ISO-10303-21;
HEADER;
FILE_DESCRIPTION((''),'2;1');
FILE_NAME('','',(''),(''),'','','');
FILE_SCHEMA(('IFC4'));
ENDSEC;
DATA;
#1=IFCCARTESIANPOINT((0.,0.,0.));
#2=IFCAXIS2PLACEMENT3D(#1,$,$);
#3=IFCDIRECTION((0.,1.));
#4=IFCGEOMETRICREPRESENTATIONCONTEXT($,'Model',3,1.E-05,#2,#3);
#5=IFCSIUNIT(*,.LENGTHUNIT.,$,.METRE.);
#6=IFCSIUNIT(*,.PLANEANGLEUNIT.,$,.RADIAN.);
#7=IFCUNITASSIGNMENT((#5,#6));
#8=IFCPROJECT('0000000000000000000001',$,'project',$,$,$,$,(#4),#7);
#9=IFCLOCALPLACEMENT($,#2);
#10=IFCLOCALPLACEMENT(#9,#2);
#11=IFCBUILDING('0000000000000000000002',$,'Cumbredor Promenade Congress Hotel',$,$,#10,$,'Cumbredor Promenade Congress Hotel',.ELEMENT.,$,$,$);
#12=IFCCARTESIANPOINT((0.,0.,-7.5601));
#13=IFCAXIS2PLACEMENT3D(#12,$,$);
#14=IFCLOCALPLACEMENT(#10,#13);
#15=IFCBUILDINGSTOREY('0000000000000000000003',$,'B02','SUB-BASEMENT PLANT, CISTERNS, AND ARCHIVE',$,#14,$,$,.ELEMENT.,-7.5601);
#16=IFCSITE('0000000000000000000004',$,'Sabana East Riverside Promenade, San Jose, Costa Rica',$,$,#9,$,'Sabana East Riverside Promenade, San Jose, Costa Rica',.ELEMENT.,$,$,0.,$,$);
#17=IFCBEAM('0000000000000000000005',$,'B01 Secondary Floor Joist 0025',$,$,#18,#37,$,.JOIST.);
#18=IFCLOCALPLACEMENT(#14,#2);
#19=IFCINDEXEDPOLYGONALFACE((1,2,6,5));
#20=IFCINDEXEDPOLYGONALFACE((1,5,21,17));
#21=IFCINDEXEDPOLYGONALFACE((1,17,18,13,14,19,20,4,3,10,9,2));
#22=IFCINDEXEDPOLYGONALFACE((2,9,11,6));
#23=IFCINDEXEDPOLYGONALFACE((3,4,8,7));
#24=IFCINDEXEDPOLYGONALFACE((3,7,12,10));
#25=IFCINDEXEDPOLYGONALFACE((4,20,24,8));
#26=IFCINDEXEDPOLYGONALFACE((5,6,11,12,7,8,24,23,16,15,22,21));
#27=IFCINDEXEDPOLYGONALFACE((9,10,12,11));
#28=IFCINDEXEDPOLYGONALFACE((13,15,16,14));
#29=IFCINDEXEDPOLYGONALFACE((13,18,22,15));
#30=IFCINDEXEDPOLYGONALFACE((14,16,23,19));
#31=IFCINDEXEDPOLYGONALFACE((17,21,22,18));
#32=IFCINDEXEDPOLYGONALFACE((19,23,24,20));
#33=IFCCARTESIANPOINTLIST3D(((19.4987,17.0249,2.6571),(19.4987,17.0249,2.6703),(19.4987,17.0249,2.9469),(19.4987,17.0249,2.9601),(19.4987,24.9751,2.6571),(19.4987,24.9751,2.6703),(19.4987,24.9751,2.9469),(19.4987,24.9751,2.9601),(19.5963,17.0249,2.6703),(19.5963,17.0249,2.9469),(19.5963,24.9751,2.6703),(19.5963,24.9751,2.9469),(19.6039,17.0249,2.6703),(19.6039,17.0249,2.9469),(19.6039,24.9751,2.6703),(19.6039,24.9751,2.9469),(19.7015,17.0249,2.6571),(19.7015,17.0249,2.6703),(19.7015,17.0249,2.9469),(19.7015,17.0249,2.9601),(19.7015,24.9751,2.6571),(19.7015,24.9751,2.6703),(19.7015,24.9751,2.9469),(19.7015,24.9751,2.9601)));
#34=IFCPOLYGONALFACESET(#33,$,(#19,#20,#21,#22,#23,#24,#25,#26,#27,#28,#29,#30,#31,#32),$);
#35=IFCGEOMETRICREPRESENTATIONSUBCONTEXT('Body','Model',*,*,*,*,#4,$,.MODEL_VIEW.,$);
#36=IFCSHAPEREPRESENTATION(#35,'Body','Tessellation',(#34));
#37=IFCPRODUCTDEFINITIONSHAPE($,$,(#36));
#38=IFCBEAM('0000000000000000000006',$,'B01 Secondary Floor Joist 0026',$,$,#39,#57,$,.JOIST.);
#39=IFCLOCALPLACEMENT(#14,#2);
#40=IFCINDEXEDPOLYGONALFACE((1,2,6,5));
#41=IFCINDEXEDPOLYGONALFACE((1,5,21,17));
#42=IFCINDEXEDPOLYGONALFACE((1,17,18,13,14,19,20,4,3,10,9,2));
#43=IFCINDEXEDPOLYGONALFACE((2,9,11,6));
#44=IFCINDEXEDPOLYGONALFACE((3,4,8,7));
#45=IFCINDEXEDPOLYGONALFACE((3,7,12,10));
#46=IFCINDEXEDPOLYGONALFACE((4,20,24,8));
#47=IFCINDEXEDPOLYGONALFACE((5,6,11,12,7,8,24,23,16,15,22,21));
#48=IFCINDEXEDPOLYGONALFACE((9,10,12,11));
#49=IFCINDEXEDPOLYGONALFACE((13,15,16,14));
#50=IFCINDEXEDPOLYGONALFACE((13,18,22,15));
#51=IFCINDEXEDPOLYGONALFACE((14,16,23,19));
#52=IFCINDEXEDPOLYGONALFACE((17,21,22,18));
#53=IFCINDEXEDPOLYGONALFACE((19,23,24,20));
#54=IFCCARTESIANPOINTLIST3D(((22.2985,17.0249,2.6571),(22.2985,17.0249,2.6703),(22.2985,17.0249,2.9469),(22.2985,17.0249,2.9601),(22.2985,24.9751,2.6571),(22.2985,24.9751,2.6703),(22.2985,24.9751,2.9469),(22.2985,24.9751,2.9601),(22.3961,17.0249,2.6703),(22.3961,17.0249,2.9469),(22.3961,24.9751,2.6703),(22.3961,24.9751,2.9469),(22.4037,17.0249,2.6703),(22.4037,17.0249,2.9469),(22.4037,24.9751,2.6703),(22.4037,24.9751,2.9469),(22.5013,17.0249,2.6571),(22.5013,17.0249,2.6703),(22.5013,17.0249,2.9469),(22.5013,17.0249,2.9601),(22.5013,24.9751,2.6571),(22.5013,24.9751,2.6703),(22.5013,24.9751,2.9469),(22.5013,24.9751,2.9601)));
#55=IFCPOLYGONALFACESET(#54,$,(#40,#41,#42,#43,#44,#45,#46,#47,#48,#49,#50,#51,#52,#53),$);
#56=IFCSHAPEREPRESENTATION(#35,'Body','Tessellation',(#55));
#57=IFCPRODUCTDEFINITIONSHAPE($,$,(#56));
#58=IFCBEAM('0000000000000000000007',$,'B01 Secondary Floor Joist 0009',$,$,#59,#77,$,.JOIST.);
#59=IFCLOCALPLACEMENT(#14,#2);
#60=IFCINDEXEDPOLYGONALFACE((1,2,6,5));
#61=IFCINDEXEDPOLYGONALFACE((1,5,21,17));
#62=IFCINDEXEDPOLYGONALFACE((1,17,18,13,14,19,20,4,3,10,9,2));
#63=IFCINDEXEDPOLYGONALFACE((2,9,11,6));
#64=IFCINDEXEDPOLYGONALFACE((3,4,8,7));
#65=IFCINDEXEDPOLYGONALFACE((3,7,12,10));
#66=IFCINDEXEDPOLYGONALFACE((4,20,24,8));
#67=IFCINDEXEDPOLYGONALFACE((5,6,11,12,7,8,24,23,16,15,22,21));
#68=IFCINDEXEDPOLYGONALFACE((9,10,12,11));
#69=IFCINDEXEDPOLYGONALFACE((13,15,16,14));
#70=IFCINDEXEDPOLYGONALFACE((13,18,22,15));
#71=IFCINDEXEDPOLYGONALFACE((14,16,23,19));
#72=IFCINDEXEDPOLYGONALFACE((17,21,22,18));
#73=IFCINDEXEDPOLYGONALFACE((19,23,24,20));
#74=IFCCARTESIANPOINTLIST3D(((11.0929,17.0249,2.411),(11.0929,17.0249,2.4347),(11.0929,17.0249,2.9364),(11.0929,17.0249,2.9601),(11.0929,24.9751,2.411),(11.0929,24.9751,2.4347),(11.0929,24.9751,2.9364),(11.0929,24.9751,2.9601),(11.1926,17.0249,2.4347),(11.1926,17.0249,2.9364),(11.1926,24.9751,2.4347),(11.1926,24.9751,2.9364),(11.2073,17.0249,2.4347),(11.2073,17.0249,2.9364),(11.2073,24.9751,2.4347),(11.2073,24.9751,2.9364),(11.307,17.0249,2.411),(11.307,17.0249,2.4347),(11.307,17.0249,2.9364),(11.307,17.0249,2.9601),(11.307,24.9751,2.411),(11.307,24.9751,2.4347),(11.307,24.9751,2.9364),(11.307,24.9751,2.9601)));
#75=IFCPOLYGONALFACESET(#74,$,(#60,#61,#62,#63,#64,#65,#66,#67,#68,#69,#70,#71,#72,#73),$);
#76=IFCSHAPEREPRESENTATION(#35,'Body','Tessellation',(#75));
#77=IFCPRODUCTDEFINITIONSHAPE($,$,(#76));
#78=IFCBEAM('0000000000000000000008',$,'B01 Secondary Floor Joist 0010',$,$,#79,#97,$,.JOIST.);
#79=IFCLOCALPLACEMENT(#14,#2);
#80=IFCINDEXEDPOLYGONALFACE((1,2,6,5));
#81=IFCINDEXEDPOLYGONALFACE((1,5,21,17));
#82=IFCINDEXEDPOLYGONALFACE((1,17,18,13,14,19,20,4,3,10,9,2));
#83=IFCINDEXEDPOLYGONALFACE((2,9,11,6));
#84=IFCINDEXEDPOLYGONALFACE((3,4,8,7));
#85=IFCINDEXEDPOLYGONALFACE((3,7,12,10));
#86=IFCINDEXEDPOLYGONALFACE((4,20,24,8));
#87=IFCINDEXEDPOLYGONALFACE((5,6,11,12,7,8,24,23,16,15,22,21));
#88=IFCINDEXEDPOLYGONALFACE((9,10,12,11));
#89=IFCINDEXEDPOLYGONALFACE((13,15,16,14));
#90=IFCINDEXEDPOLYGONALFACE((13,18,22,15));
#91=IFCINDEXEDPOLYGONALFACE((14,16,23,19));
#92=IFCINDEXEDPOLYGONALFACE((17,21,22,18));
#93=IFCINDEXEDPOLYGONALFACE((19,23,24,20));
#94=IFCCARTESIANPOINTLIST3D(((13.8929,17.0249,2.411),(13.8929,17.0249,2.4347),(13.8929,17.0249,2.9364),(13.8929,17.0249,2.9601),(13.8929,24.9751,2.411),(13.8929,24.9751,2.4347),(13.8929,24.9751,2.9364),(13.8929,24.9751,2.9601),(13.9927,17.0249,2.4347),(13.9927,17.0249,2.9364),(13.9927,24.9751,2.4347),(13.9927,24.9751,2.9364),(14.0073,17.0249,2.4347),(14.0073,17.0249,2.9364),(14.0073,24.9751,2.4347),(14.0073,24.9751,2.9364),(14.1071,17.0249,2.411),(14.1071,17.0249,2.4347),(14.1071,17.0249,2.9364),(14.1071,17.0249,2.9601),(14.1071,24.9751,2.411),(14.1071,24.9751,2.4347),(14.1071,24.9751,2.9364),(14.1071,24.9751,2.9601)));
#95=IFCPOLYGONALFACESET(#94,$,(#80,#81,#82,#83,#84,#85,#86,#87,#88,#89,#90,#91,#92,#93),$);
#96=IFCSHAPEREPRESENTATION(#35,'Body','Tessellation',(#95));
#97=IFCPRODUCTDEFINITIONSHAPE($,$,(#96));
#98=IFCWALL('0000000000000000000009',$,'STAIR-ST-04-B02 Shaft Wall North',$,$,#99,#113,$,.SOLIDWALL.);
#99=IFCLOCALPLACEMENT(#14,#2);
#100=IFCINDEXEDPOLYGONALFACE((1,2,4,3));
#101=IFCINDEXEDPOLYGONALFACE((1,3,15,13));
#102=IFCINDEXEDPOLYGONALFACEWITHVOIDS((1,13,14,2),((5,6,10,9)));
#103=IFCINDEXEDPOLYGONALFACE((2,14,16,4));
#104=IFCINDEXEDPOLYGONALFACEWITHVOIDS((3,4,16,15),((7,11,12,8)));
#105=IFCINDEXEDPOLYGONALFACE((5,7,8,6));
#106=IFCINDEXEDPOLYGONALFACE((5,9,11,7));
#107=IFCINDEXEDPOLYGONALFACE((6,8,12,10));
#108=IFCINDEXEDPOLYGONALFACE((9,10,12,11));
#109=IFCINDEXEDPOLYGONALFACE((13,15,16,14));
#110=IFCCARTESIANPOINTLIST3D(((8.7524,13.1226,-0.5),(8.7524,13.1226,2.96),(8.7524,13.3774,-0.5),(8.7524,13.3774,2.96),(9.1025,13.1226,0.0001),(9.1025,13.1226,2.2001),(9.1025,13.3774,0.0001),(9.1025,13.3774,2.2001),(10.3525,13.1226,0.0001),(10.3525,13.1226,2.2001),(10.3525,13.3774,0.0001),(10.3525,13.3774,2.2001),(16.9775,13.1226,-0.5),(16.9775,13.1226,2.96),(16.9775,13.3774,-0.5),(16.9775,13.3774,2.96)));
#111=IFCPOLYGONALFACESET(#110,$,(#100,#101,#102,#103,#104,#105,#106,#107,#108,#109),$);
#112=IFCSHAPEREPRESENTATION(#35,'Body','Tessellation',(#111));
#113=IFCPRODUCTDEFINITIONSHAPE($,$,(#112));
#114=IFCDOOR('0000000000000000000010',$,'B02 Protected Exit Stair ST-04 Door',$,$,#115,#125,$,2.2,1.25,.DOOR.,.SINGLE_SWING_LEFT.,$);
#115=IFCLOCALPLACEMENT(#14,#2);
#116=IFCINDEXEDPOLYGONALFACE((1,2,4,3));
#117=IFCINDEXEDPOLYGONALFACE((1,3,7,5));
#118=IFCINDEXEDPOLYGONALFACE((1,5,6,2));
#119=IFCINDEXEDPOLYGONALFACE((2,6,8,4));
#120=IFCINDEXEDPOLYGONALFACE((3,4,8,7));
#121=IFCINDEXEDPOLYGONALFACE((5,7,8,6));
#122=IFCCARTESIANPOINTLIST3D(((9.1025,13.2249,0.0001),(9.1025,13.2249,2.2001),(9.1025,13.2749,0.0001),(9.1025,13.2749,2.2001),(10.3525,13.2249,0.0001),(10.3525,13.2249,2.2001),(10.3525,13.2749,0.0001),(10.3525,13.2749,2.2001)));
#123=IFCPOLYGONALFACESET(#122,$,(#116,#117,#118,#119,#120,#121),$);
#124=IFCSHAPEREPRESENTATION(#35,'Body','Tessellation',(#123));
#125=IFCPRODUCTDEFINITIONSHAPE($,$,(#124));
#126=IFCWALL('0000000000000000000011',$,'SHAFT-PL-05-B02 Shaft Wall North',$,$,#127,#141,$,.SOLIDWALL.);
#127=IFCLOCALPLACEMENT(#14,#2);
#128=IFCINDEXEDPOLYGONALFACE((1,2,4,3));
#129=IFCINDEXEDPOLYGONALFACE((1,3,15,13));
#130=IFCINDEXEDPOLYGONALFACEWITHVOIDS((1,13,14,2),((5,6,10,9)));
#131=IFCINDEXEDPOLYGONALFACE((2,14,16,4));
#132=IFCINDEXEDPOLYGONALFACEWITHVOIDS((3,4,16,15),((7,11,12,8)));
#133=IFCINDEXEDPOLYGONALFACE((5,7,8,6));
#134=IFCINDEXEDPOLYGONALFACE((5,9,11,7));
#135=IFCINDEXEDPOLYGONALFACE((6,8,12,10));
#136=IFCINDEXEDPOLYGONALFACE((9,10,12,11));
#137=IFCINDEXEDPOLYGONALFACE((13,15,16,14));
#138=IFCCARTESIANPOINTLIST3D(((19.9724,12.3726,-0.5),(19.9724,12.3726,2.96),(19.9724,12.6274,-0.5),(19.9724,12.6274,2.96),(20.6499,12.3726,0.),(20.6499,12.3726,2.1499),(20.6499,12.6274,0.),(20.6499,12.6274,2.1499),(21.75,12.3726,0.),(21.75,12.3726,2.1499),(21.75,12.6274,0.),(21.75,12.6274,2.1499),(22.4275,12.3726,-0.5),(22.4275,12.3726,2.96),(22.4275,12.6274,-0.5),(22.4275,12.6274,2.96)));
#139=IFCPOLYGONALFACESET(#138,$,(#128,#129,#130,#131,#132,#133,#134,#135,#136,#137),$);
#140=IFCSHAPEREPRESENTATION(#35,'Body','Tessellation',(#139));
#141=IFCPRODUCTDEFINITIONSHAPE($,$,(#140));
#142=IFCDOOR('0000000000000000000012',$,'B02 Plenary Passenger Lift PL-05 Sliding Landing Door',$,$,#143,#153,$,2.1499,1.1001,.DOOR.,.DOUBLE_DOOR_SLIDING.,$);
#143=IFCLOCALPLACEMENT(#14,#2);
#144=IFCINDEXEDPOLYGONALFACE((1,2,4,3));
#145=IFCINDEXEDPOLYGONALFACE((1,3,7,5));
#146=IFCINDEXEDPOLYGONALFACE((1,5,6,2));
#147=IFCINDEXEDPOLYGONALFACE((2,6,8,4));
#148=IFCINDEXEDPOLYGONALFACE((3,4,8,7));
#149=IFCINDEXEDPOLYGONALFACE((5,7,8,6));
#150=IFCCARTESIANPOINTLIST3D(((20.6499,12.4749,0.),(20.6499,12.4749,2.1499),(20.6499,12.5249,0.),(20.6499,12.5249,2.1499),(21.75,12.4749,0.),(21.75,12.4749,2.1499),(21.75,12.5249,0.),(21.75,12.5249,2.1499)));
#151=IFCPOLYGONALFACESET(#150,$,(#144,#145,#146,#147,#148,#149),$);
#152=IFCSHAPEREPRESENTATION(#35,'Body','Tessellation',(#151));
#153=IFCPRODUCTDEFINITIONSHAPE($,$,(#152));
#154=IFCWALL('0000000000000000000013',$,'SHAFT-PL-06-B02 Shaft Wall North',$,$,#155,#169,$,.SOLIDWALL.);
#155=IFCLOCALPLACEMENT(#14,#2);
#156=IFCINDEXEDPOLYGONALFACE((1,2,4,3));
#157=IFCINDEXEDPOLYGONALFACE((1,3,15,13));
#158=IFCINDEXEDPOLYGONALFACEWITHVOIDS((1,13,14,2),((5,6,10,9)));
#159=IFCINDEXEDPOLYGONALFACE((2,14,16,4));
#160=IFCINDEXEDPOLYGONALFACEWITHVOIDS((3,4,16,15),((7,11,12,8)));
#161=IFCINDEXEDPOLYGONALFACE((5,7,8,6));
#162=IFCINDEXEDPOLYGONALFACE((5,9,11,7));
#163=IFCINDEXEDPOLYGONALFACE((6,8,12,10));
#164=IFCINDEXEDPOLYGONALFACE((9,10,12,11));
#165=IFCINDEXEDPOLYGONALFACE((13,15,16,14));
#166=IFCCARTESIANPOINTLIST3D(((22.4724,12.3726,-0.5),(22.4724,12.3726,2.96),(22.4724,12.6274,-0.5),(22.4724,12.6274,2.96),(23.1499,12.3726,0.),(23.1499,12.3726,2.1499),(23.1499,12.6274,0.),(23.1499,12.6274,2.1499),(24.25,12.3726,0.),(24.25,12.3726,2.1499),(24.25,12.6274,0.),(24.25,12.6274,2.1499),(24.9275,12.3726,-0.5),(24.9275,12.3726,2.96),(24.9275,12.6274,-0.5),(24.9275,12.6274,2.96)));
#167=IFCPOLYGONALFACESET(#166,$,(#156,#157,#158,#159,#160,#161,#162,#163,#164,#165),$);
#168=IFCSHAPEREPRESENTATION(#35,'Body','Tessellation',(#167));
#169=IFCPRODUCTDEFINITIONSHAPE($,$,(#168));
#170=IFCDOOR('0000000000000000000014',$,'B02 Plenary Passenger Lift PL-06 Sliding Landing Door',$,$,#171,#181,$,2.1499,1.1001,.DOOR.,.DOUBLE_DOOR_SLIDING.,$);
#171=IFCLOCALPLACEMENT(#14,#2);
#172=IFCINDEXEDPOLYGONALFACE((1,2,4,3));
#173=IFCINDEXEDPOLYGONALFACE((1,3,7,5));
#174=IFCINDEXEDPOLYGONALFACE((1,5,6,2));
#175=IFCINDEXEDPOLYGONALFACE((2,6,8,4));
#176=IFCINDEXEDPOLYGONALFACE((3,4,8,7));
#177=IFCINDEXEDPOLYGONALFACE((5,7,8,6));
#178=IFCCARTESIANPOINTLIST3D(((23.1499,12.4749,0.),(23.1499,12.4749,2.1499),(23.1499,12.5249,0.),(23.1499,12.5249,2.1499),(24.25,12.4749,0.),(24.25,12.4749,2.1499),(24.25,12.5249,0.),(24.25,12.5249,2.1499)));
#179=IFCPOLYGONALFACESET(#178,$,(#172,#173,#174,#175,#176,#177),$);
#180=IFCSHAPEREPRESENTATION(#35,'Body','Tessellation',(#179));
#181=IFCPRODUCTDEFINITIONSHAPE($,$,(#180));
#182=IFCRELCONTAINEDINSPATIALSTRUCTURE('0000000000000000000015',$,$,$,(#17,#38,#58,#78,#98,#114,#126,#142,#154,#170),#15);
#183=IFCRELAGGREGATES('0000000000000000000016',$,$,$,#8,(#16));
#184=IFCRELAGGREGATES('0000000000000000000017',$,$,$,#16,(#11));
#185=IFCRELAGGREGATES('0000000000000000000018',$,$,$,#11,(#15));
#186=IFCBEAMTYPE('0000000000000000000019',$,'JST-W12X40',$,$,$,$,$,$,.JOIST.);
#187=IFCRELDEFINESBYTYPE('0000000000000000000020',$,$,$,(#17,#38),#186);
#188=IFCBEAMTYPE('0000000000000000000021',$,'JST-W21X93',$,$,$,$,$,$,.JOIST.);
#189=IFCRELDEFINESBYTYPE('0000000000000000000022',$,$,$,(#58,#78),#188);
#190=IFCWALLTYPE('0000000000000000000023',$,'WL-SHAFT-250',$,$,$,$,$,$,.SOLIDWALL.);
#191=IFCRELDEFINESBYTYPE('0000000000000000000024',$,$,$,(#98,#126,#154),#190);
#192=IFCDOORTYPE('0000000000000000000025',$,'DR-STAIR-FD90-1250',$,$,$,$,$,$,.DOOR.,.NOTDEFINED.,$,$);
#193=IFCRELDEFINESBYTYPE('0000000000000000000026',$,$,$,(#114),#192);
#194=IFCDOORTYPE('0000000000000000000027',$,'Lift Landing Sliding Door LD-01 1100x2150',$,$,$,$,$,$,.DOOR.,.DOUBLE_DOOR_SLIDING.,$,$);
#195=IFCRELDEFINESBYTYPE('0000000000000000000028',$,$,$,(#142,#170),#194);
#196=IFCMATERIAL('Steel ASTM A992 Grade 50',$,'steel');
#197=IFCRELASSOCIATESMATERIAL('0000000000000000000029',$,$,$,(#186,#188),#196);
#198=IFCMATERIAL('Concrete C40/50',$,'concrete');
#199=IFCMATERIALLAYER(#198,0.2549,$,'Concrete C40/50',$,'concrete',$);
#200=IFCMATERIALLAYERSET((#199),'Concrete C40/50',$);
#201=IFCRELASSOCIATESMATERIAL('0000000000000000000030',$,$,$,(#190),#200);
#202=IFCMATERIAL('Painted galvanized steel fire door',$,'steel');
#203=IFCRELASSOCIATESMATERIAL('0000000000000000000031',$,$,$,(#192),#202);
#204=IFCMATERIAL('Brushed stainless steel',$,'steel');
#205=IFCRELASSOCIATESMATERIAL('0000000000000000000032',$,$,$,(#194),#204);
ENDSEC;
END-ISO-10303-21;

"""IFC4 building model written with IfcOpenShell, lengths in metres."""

from ifc_helpers import new_model, si_unit, direction, frame, frame_2d, origin, origin_2d, place, context, subcontext, project, spatial, rectangle, i_section, extrude, material, layer, layer_set, material_profile, profile_set, type_object, element, fill, save


model = new_model("IFC4")

# Units and contexts
model_context = context("Model", 3, precision=1e-05, world=origin(), true_north=direction((0.0, 1.0)))
body_context = subcontext(model_context, "Body", "Model", "MODEL_VIEW")
ifc_project = project(units=[si_unit("LENGTHUNIT", "METRE"), si_unit("PLANEANGLEUNIT", "RADIAN")], contexts=[model_context])

# Site, building, storey
site_placement = place(None, origin())
site = spatial("IfcSite", under=ifc_project, at=site_placement, Name="Sabana East Riverside Promenade, San Jose, Costa Rica", LongName="Sabana East Riverside Promenade, San Jose, Costa Rica", CompositionType="ELEMENT", RefElevation=0.0)
building_placement = place(site_placement, origin())
building = spatial("IfcBuilding", under=site, at=building_placement, Name="Cumbredor Promenade Congress Hotel", LongName="Cumbredor Promenade Congress Hotel", CompositionType="ELEMENT")
storey_placement = place(building_placement, frame((0.0, 0.0, -7.5601)))
storey = spatial("IfcBuildingStorey", under=building, at=storey_placement, Name="B02", Description="SUB-BASEMENT PLANT, CISTERNS, AND ARCHIVE", CompositionType="ELEMENT", Elevation=-7.5601)

# Shared definitions
ifc_material_1 = material(Name="Concrete C40/50", Category="concrete")

# Beams
ifc_material_2 = material(Name="Steel ASTM A992 Grade 50", Category="steel")
ifc_material_profile_1 = material_profile(ifc_material_2, i_section(OverallWidth=0.2029, OverallDepth=0.303, WebThickness=0.0076, FlangeThickness=0.0132, at=origin_2d()), Name="W12X40")
ifc_profile_set_1 = profile_set([ifc_material_profile_1], Name="Steel ASTM A992 Grade 50")
beam_type_1 = type_object("IfcBeamType", Name="JST-W12X40", PredefinedType="JOIST", material=ifc_profile_set_1)
for number, where, z_axis, x_axis, name in (
    (1, (19.6001, 17.0249, 2.8086), (0.0, 1.0, 0.0), (-1.0, 0.0, 0.0), "B01 Secondary Floor Joist 0025"),
    (2, (22.3999, 17.0249, 2.8086), (0.0, 1.0, 0.0), (-1.0, 0.0, 0.0), "B01 Secondary Floor Joist 0026"),
):
    element("IfcBeam", number, at=place(storey_placement, frame(where, z_axis=z_axis, x_axis=x_axis)), inside=storey, type_object=beam_type_1, Name=name, PredefinedType="JOIST", context=body_context, shape_type="SweptSolid", body=[
        extrude(i_section(OverallWidth=0.2029, OverallDepth=0.303, WebThickness=0.0076, FlangeThickness=0.0132, at=origin_2d()), origin(), (0.0, 0.0, 1.0), 7.9502),
    ])
ifc_material_profile_2 = material_profile(ifc_material_2, i_section(OverallWidth=0.2141, OverallDepth=0.5491, WebThickness=0.0146, FlangeThickness=0.0237, at=origin_2d()), Name="W21X93")
ifc_profile_set_2 = profile_set([ifc_material_profile_2], Name="Steel ASTM A992 Grade 50")
beam_type_2 = type_object("IfcBeamType", Name="JST-W21X93", PredefinedType="JOIST", material=ifc_profile_set_2)
for number, where, z_axis, x_axis, name in (
    (3, (11.2, 17.0249, 2.6855), (0.0, 1.0, 0.0), (-1.0, 0.0, 0.0), "B01 Secondary Floor Joist 0009"),
    (4, (14.0, 17.0249, 2.6855), (0.0, 1.0, 0.0), (-1.0, 0.0, 0.0), "B01 Secondary Floor Joist 0010"),
):
    element("IfcBeam", number, at=place(storey_placement, frame(where, z_axis=z_axis, x_axis=x_axis)), inside=storey, type_object=beam_type_2, Name=name, PredefinedType="JOIST", context=body_context, shape_type="SweptSolid", body=[
        extrude(i_section(OverallWidth=0.2141, OverallDepth=0.5491, WebThickness=0.0146, FlangeThickness=0.0237, at=origin_2d()), origin(), (0.0, 0.0, 1.0), 7.9502),
    ])

# Walls, openings, doors
ifc_layer = layer(ifc_material_1, 0.2549, Name="Concrete C40/50", Category="concrete")
ifc_layer_set = layer_set([ifc_layer], Name="Concrete C40/50")
wall_type = type_object("IfcWallType", Name="WL-SHAFT-250", PredefinedType="SOLIDWALL", material=ifc_layer_set)
wall_1_placement = place(storey_placement, frame((8.7524, 13.25, -0.5), z_axis=(0.0, 0.0, 1.0), x_axis=(1.0, 0.0, 0.0)))
wall_1 = element("IfcWall", 5, at=wall_1_placement, inside=storey, type_object=wall_type, Name="STAIR-ST-04-B02 Shaft Wall North", PredefinedType="SOLIDWALL", context=body_context, shape_type="SweptSolid", body=[
    extrude(rectangle(XDim=8.2251, YDim=0.2549, at=frame_2d((4.1125, 0.0))), origin(), (0.0, 0.0, 1.0), 3.46),
])
opening_1_placement = place(wall_1_placement, frame((0.3501, 0.0, 0.5)))
opening_1 = element("IfcOpeningElement", 6, at=opening_1_placement, cuts=wall_1, PredefinedType="OPENING", context=body_context, shape_type="SweptSolid", body=[
    extrude(rectangle(XDim=1.25, YDim=2.2, at=frame_2d((0.625, 1.1001))), frame((0.0, 0.1375, 0.0), z_axis=(0.0, -1.0, 0.0), x_axis=(1.0, 0.0, 0.0)), (0.0, 0.0, 1.0), 0.2749),
])
ifc_material_3 = material(Name="Painted galvanized steel fire door", Category="steel")
door_type_1 = type_object("IfcDoorType", Name="DR-STAIR-FD90-1250", OperationType="NOTDEFINED", PredefinedType="DOOR", material=ifc_material_3)
door_1_placement = place(opening_1_placement, origin())
door_1 = element("IfcDoor", 7, at=door_1_placement, inside=storey, type_object=door_type_1, Name="B02 Protected Exit Stair ST-04 Door", OperationType="SINGLE_SWING_LEFT", OverallHeight=2.2, OverallWidth=1.25, PredefinedType="DOOR", context=body_context, shape_type="SweptSolid", body=[
    extrude(rectangle(XDim=1.25, YDim=2.2, at=frame_2d((0.625, 1.1001))), frame((0.0, 0.0249, 0.0), z_axis=(0.0, -1.0, 0.0), x_axis=(1.0, 0.0, 0.0)), (0.0, 0.0, 1.0), 0.05),
])
fill(opening_1, door_1)
wall_2_placement = place(storey_placement, frame((19.9724, 12.5, -0.5), z_axis=(0.0, 0.0, 1.0), x_axis=(1.0, 0.0, 0.0)))
wall_2 = element("IfcWall", 8, at=wall_2_placement, inside=storey, type_object=wall_type, Name="SHAFT-PL-05-B02 Shaft Wall North", PredefinedType="SOLIDWALL", context=body_context, shape_type="SweptSolid", body=[
    extrude(rectangle(XDim=2.4551, YDim=0.2549, at=frame_2d((1.2275, 0.0))), origin(), (0.0, 0.0, 1.0), 3.46),
])
opening_2_placement = place(wall_2_placement, frame((0.6775, 0.0, 0.5)))
opening_2 = element("IfcOpeningElement", 9, at=opening_2_placement, cuts=wall_2, PredefinedType="OPENING", context=body_context, shape_type="SweptSolid", body=[
    extrude(rectangle(XDim=1.1001, YDim=2.1499, at=frame_2d((0.55, 1.075))), frame((0.0, 0.1375, 0.0), z_axis=(0.0, -1.0, 0.0), x_axis=(1.0, 0.0, 0.0)), (0.0, 0.0, 1.0), 0.2749),
])
ifc_material_4 = material(Name="Brushed stainless steel", Category="steel")
door_type_2 = type_object("IfcDoorType", Name="Lift Landing Sliding Door LD-01 1100x2150", OperationType="DOUBLE_DOOR_SLIDING", PredefinedType="DOOR", material=ifc_material_4)
door_2_placement = place(opening_2_placement, origin())
door_2 = element("IfcDoor", 10, at=door_2_placement, inside=storey, type_object=door_type_2, Name="B02 Plenary Passenger Lift PL-05 Sliding Landing Door", OperationType="DOUBLE_DOOR_SLIDING", OverallHeight=2.1499, OverallWidth=1.1001, PredefinedType="DOOR", context=body_context, shape_type="SweptSolid", body=[
    extrude(rectangle(XDim=1.1001, YDim=2.1499, at=frame_2d((0.55, 1.075))), frame((0.0, 0.0249, 0.0), z_axis=(0.0, -1.0, 0.0), x_axis=(1.0, 0.0, 0.0)), (0.0, 0.0, 1.0), 0.05),
])
fill(opening_2, door_2)
wall_3_placement = place(storey_placement, frame((22.4724, 12.5, -0.5), z_axis=(0.0, 0.0, 1.0), x_axis=(1.0, 0.0, 0.0)))
wall_3 = element("IfcWall", 11, at=wall_3_placement, inside=storey, type_object=wall_type, Name="SHAFT-PL-06-B02 Shaft Wall North", PredefinedType="SOLIDWALL", context=body_context, shape_type="SweptSolid", body=[
    extrude(rectangle(XDim=2.4551, YDim=0.2549, at=frame_2d((1.2275, 0.0))), origin(), (0.0, 0.0, 1.0), 3.46),
])
opening_3_placement = place(wall_3_placement, frame((0.6775, 0.0, 0.5)))
opening_3 = element("IfcOpeningElement", 12, at=opening_3_placement, cuts=wall_3, PredefinedType="OPENING", context=body_context, shape_type="SweptSolid", body=[
    extrude(rectangle(XDim=1.1001, YDim=2.1499, at=frame_2d((0.55, 1.075))), frame((0.0, 0.1375, 0.0), z_axis=(0.0, -1.0, 0.0), x_axis=(1.0, 0.0, 0.0)), (0.0, 0.0, 1.0), 0.2749),
])
door_3_placement = place(opening_3_placement, origin())
door_3 = element("IfcDoor", 13, at=door_3_placement, inside=storey, type_object=door_type_2, Name="B02 Plenary Passenger Lift PL-06 Sliding Landing Door", OperationType="DOUBLE_DOOR_SLIDING", OverallHeight=2.1499, OverallWidth=1.1001, PredefinedType="DOOR", context=body_context, shape_type="SweptSolid", body=[
    extrude(rectangle(XDim=1.1001, YDim=2.1499, at=frame_2d((0.55, 1.075))), frame((0.0, 0.0249, 0.0), z_axis=(0.0, -1.0, 0.0), x_axis=(1.0, 0.0, 0.0)), (0.0, 0.0, 1.0), 0.05),
])
fill(opening_3, door_3)

save(model, "model.ifc")
